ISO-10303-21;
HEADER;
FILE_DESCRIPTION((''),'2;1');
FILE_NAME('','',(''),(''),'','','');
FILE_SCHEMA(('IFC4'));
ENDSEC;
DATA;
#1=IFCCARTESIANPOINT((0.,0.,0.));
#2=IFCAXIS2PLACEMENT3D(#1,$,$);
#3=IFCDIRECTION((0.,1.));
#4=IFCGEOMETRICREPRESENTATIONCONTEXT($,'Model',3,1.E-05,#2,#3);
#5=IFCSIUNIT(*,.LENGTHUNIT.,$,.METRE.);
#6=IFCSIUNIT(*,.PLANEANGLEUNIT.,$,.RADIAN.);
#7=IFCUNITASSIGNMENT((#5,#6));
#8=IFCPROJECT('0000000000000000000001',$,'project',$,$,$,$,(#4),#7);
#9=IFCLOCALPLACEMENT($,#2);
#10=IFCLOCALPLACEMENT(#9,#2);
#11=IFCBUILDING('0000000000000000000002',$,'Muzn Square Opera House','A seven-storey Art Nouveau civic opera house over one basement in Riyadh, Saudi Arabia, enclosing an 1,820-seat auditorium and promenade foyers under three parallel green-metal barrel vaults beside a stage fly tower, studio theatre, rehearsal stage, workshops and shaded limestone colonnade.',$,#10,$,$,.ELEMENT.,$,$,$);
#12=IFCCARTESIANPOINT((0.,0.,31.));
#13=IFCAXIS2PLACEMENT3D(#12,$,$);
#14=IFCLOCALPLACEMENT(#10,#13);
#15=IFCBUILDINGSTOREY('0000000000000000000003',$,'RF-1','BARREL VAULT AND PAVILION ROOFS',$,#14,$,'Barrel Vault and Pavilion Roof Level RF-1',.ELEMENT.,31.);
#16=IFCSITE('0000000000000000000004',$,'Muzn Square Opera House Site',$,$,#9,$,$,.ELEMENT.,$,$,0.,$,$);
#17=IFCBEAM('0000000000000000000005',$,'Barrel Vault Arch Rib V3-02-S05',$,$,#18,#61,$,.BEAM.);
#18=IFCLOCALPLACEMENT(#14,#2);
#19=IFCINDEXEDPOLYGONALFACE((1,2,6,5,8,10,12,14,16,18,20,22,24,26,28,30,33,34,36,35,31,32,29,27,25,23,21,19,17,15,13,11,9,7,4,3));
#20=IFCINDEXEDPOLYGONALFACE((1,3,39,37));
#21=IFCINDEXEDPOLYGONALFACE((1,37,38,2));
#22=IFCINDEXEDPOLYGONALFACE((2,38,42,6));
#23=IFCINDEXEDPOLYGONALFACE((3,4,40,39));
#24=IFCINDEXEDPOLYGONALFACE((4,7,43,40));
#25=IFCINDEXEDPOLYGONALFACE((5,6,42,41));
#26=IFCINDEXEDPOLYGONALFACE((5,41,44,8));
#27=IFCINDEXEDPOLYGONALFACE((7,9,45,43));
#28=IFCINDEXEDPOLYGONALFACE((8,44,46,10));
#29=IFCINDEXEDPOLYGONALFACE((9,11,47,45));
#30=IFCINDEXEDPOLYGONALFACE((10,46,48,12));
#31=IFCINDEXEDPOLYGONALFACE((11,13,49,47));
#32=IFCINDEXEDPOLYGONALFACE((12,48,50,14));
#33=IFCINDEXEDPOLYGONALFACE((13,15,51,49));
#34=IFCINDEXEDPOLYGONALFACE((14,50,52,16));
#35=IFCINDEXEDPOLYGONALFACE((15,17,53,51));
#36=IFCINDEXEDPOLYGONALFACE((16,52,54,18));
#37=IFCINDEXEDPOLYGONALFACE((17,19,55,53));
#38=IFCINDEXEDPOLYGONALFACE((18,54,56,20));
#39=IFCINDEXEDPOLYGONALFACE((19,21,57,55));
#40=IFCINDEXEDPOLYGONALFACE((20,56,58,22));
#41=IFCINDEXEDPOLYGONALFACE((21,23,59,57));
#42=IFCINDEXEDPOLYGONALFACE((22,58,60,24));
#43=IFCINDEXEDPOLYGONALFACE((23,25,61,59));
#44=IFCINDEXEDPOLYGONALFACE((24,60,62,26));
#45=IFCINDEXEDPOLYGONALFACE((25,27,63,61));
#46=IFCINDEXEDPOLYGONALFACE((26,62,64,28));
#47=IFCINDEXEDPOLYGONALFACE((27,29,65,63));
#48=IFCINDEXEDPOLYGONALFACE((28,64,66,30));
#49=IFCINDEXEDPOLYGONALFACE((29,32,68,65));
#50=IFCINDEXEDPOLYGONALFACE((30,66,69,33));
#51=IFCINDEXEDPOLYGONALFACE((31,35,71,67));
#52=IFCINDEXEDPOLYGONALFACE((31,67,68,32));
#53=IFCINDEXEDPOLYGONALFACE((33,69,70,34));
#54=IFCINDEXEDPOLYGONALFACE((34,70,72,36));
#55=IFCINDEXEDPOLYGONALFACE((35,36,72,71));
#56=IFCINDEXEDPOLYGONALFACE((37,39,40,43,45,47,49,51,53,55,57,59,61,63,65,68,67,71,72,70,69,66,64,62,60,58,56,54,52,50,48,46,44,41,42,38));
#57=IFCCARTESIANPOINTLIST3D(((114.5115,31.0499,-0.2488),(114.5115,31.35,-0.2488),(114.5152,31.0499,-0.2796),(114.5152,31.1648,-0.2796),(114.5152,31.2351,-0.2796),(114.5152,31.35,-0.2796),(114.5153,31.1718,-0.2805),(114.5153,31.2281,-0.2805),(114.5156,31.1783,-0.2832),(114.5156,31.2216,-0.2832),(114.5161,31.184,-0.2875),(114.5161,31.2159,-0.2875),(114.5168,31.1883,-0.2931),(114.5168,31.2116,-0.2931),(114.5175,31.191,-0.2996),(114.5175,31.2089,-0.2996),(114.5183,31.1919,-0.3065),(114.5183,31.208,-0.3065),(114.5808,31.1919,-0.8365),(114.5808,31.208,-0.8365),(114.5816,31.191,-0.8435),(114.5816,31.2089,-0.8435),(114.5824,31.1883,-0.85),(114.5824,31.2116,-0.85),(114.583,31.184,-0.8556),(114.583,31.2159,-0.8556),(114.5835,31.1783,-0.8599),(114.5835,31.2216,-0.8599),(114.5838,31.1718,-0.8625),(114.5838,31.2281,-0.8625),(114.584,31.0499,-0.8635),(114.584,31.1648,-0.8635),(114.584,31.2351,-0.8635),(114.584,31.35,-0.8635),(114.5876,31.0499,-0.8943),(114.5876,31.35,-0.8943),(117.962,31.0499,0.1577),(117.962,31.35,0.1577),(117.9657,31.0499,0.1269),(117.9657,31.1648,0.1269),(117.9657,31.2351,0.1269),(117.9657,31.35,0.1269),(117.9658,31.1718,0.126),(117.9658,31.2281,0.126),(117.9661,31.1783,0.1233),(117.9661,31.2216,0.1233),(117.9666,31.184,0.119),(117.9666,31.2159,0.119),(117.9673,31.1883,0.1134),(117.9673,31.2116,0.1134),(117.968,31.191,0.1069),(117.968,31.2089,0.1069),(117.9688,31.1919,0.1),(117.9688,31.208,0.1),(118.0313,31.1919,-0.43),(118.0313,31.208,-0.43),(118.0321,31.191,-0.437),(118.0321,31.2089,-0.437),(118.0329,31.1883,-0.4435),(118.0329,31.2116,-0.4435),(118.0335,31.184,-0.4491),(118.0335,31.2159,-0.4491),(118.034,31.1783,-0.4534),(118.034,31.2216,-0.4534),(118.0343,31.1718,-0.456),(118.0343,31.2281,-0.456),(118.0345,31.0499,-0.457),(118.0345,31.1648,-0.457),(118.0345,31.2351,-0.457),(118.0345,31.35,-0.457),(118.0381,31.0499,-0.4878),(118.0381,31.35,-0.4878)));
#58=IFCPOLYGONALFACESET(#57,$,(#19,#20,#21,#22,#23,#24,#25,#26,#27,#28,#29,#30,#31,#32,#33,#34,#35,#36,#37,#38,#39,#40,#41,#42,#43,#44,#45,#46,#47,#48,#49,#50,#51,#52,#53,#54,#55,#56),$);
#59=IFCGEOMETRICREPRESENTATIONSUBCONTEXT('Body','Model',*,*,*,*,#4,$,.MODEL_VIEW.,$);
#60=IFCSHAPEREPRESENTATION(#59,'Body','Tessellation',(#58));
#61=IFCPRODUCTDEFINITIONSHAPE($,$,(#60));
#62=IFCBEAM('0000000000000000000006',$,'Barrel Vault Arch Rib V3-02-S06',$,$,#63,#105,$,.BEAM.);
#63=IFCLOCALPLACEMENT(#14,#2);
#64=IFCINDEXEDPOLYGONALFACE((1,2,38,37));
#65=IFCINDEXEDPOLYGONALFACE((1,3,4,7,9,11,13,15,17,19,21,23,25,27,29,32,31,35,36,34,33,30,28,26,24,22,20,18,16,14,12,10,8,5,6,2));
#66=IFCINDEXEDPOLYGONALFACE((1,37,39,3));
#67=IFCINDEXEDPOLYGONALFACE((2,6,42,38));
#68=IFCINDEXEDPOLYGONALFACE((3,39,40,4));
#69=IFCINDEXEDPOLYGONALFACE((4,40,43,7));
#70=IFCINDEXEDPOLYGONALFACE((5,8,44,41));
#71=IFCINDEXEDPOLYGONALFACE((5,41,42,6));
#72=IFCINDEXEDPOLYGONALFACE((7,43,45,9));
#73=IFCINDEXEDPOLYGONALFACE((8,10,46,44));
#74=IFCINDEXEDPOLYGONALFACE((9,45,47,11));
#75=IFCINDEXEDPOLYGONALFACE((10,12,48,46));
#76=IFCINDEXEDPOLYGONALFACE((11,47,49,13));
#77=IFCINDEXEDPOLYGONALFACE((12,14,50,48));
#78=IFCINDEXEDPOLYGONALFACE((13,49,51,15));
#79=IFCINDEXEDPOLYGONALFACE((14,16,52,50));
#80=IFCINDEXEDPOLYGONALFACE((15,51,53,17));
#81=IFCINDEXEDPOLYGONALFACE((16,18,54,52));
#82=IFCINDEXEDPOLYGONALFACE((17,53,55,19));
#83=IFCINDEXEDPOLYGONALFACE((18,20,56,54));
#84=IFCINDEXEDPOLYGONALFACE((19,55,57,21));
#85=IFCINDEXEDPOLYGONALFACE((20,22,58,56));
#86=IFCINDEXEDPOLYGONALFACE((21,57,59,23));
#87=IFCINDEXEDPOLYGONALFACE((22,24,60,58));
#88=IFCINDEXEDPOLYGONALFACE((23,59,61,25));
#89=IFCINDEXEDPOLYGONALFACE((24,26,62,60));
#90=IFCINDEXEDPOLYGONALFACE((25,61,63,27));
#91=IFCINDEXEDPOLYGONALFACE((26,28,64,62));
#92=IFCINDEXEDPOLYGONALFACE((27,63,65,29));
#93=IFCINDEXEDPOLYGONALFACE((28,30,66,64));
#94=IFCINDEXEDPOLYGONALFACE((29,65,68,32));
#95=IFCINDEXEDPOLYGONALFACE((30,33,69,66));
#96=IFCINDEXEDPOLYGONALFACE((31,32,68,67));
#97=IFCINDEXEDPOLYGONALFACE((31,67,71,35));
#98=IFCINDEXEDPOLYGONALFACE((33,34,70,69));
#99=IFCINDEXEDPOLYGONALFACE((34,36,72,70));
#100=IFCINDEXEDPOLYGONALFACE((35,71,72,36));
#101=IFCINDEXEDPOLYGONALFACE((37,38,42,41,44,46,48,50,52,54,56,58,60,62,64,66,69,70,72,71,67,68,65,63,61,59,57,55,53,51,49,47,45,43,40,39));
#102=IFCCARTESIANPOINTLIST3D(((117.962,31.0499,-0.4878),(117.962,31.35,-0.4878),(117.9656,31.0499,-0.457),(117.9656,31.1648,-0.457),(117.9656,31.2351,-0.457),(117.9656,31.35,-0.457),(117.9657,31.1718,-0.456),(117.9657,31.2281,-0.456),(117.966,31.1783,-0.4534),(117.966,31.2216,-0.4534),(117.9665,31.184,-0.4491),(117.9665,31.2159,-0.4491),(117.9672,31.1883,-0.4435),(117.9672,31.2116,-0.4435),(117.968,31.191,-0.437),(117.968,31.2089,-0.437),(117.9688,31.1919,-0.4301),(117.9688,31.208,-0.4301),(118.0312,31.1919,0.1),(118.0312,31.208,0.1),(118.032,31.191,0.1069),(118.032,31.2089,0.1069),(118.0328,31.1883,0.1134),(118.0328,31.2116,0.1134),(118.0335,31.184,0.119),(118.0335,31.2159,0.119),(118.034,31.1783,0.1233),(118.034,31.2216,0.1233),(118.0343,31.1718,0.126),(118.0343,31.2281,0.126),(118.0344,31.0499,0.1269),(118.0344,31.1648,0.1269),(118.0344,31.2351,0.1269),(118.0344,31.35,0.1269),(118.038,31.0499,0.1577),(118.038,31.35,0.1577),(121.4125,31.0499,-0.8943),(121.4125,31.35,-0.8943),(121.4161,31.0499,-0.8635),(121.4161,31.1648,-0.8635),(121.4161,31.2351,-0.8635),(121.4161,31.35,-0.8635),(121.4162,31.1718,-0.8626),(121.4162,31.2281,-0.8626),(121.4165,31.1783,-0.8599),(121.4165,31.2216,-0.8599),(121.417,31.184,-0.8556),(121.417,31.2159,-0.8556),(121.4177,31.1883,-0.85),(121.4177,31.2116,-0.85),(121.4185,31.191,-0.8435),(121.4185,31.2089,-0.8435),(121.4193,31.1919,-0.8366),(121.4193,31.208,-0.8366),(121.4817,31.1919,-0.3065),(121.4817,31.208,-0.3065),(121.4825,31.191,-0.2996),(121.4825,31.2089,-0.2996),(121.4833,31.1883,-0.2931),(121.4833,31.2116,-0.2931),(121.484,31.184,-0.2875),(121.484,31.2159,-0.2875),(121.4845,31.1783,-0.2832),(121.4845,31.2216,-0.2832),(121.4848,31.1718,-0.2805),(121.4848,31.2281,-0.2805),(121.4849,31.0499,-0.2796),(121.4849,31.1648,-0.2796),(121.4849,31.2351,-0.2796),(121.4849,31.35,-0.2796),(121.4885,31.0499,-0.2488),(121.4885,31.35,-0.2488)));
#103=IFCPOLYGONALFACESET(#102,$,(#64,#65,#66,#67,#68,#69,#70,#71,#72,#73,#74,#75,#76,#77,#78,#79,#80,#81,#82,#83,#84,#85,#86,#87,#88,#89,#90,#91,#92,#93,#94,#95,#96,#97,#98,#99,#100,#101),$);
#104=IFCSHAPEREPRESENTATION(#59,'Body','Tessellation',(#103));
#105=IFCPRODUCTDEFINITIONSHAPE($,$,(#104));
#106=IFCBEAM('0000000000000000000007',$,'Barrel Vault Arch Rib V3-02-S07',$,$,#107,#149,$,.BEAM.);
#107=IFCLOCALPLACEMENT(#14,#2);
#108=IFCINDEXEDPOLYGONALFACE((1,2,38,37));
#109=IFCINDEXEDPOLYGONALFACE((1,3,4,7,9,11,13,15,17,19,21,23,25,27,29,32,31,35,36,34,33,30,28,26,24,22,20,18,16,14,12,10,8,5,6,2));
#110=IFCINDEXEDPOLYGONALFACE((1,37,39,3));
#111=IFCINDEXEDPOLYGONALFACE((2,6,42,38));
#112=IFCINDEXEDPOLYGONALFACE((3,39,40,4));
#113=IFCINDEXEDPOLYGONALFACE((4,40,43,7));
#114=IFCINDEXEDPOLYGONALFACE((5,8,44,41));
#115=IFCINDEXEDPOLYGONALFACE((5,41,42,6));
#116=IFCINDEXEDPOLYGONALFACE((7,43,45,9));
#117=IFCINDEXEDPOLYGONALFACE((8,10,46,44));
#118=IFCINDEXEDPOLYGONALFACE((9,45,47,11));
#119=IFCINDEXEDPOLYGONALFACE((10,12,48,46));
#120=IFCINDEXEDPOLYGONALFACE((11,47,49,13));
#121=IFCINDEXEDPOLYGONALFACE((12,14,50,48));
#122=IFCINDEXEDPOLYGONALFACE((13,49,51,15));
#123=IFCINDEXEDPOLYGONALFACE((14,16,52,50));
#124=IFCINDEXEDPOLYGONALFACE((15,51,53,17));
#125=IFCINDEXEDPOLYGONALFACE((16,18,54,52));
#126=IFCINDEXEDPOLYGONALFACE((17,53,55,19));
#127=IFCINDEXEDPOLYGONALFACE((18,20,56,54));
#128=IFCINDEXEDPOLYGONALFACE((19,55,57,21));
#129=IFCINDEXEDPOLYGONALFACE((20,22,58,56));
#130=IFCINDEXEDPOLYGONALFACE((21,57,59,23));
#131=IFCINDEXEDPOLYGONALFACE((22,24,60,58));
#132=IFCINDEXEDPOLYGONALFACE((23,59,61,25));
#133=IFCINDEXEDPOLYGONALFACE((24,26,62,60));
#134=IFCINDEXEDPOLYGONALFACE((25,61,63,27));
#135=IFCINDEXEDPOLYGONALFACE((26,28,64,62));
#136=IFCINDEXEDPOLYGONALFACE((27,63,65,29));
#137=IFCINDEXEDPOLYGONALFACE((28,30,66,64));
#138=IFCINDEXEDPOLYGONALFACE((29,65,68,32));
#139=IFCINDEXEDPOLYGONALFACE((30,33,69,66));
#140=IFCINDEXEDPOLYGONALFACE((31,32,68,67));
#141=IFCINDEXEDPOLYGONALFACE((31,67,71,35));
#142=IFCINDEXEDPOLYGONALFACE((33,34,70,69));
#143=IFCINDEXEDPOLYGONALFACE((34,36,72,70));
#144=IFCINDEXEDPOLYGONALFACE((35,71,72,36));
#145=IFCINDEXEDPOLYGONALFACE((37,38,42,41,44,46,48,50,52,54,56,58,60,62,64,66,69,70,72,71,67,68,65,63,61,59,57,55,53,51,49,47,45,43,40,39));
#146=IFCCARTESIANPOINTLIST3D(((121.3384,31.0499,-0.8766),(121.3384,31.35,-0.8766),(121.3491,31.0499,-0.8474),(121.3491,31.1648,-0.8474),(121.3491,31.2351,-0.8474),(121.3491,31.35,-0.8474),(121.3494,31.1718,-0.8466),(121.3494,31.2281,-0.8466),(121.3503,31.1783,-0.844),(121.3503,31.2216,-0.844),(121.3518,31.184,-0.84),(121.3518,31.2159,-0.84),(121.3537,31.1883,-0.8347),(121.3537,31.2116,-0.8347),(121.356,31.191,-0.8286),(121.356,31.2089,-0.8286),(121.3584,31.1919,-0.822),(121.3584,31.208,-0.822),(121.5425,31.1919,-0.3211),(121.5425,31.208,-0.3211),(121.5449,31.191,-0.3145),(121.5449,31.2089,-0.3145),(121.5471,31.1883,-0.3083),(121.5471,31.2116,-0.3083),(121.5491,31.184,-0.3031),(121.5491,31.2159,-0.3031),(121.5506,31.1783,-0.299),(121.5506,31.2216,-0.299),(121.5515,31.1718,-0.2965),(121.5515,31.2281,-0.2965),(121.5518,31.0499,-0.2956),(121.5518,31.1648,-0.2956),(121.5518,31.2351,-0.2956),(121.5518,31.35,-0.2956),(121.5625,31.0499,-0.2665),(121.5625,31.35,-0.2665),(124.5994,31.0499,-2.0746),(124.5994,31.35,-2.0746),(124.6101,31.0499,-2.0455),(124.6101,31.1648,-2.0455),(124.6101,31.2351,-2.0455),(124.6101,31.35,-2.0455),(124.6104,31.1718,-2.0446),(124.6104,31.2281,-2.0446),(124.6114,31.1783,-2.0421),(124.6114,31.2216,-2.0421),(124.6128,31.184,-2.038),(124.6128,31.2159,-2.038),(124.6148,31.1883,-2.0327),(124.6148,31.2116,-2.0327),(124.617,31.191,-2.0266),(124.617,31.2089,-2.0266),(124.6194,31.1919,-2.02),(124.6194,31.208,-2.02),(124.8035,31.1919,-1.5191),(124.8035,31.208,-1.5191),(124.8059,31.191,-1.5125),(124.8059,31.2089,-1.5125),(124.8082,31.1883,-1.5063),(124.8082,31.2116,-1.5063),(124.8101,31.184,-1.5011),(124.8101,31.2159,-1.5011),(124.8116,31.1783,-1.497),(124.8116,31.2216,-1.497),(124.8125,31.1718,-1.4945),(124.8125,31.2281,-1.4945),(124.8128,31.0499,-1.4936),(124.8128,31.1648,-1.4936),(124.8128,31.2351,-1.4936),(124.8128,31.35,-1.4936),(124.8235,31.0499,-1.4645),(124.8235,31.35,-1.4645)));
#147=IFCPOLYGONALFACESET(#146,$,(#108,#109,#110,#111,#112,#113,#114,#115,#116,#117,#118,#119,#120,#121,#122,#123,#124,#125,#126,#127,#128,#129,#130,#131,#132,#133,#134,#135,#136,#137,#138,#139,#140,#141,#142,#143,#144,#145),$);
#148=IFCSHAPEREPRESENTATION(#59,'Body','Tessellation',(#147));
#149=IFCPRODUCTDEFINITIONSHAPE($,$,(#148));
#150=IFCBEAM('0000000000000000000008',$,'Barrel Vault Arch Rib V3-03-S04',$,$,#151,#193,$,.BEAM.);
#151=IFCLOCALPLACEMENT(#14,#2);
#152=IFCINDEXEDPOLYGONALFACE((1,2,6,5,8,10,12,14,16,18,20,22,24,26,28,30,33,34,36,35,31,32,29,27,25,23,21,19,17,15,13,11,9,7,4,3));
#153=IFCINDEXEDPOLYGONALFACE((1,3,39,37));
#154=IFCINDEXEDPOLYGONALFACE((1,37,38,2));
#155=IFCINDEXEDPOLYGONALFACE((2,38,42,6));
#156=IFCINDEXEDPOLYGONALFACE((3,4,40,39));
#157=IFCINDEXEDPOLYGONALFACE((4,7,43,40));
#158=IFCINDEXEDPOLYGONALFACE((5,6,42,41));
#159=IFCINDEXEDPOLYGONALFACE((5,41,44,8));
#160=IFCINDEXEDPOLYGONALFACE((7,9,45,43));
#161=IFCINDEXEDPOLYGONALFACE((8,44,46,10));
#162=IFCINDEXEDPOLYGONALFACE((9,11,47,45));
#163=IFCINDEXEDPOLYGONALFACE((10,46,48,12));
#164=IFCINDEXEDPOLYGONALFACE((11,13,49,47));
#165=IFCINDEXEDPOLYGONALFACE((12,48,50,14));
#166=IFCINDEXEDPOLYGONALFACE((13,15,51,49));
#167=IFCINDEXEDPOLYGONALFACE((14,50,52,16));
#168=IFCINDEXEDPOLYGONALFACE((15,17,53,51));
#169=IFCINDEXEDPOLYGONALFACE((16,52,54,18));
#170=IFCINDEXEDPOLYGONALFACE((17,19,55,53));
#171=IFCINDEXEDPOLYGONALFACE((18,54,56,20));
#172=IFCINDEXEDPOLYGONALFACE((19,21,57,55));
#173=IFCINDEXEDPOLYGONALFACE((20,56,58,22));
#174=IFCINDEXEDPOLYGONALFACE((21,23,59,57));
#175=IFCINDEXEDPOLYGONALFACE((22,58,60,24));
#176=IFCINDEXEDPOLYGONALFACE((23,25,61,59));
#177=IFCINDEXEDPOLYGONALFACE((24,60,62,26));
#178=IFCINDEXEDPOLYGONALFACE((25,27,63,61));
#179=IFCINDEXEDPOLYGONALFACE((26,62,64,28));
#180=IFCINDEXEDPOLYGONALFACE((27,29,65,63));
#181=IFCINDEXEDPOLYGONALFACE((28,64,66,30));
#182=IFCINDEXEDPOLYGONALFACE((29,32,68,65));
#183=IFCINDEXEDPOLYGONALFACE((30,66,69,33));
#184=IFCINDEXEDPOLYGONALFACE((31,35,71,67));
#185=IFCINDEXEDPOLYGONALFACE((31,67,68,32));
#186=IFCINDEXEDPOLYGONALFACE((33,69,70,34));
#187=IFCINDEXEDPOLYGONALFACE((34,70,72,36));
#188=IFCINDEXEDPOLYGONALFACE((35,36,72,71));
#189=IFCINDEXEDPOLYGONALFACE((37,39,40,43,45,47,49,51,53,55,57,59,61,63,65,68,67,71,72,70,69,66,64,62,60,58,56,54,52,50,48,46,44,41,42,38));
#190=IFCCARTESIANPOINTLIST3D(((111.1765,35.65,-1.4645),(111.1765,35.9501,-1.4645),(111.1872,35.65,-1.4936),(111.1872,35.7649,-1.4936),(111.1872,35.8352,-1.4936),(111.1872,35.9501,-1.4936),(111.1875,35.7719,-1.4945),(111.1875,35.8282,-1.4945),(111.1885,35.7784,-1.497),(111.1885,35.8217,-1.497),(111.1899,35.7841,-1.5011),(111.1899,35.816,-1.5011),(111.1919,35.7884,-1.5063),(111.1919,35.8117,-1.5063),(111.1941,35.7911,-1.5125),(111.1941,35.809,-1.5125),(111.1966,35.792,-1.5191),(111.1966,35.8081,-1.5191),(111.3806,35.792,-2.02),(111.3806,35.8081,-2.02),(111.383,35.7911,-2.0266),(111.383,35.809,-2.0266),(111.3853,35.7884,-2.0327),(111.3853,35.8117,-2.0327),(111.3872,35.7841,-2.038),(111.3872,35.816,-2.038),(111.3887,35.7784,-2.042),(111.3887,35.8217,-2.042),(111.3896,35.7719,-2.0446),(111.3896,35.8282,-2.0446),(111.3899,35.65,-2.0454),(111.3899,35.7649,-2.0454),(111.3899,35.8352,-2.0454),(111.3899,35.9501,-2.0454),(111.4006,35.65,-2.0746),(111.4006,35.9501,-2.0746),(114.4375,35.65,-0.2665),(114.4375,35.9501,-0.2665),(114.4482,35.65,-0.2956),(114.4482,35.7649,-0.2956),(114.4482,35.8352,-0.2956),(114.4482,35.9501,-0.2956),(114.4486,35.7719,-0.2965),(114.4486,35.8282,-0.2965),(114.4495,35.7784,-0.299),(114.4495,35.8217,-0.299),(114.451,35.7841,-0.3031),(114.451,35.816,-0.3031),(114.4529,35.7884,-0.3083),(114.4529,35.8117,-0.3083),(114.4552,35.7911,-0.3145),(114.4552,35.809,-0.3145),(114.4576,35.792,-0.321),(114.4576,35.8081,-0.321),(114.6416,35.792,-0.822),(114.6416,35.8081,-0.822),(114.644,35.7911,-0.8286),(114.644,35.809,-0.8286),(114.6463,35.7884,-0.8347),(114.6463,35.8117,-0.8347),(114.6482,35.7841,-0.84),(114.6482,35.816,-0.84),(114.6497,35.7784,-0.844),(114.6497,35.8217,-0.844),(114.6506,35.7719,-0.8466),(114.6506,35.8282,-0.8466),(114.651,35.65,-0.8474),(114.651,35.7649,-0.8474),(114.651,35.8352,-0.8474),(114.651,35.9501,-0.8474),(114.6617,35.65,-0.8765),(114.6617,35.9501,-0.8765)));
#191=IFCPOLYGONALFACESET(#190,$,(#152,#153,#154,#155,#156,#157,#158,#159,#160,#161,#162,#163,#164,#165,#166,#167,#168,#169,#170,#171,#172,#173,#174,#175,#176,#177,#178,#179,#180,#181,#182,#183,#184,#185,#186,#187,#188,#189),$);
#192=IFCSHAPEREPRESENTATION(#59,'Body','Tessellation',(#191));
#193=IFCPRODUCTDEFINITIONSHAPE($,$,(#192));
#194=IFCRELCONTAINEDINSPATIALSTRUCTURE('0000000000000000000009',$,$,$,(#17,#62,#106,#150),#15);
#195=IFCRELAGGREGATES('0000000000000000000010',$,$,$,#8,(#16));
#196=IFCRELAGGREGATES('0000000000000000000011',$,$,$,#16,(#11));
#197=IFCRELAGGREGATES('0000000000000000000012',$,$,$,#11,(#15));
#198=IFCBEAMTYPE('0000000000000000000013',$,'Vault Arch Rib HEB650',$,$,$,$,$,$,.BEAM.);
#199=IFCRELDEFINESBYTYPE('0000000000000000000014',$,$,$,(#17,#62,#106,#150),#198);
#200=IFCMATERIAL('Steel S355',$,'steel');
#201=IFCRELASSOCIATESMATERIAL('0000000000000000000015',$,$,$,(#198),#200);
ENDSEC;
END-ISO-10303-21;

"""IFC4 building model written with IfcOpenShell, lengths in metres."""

from ifc_helpers import new_model, si_unit, direction, frame, origin, origin_2d, place, context, subcontext, project, spatial, i_section, extrude, material, material_profile, profile_set, type_object, element, save


model = new_model("IFC4")

# Units and contexts
model_context = context("Model", 3, precision=1e-05, world=origin(), true_north=direction((0.0, 1.0)))
body_context = subcontext(model_context, "Body", "Model", "MODEL_VIEW")
ifc_project = project(units=[si_unit("LENGTHUNIT", "METRE"), si_unit("PLANEANGLEUNIT", "RADIAN")], contexts=[model_context])

# Site, building, storey
site_placement = place(None, origin())
site = spatial("IfcSite", under=ifc_project, at=site_placement, Name="Muzn Square Opera House Site", CompositionType="ELEMENT", RefElevation=0.0)
building_placement = place(site_placement, origin())
building = spatial("IfcBuilding", under=site, at=building_placement, Name="Muzn Square Opera House", Description="A seven-storey Art Nouveau civic opera house over one basement in Riyadh, Saudi Arabia, enclosing an 1,820-seat auditorium and promenade foyers under three parallel green-metal barrel vaults beside a stage fly tower, studio theatre, rehearsal stage, workshops and shaded limestone colonnade.", CompositionType="ELEMENT")
storey_placement = place(building_placement, frame((0.0, 0.0, 31.0)))
storey = spatial("IfcBuildingStorey", under=building, at=storey_placement, Name="RF-1", Description="BARREL VAULT AND PAVILION ROOFS", LongName="Barrel Vault and Pavilion Roof Level RF-1", CompositionType="ELEMENT", Elevation=31.0)

# Beams
ifc_material_1 = material(Name="Steel S355", Category="steel")
ifc_material_profile_1 = material_profile(ifc_material_1, i_section(OverallWidth=0.3, OverallDepth=0.6499, WebThickness=0.0161, FlangeThickness=0.031, FilletRadius=0.0271, at=origin_2d()), Name="HEB 650", Category="steel")
ifc_profile_set_1 = profile_set([ifc_material_profile_1], Name="Steel S355")
beam_type_1 = type_object("IfcBeamType", Name="Vault Arch Rib HEB650", PredefinedType="BEAM", material=ifc_profile_set_1)
for number, where, z_axis, x_axis, name in (
    (1, (114.5496, 31.2, -0.5715), (0.993132, 0.0, 0.117), (0.0, 1.0, 0.0), "Barrel Vault Arch Rib V3-02-S05"),
    (2, (118.0, 31.2, -0.165), (0.993132, 0.0, -0.117), (0.0, 1.0, 0.0), "Barrel Vault Arch Rib V3-02-S06"),
):
    element("IfcBeam", number, at=place(storey_placement, frame(where, z_axis=z_axis, x_axis=x_axis)), inside=storey, type_object=beam_type_1, Name=name, PredefinedType="BEAM", context=body_context, shape_type="SweptSolid", body=[
        extrude(i_section(OverallWidth=0.3, OverallDepth=0.6499, WebThickness=0.0161, FlangeThickness=0.031, FilletRadius=0.0271, at=origin_2d()), origin(), (0.0, 0.0, 1.0), 3.4744),
    ])
for number, where, z_axis, x_axis, name in (
    (3, (121.4504, 31.2, -0.5715), (0.938662, 0.0, -0.344839), (0.0, 1.0, 0.0), "Barrel Vault Arch Rib V3-02-S07"),
    (4, (111.2886, 35.8, -1.7695), (0.938662, 0.0, 0.344839), (0.0, 1.0, 0.0), "Barrel Vault Arch Rib V3-03-S04"),
):
    element("IfcBeam", number, at=place(storey_placement, frame(where, z_axis=z_axis, x_axis=x_axis)), inside=storey, type_object=beam_type_1, Name=name, PredefinedType="BEAM", context=body_context, shape_type="SweptSolid", body=[
        extrude(i_section(OverallWidth=0.3, OverallDepth=0.6499, WebThickness=0.0161, FlangeThickness=0.031, FilletRadius=0.0271, at=origin_2d()), origin(), (0.0, 0.0, 1.0), 3.4741),
    ])

save(model, "model.ifc")
